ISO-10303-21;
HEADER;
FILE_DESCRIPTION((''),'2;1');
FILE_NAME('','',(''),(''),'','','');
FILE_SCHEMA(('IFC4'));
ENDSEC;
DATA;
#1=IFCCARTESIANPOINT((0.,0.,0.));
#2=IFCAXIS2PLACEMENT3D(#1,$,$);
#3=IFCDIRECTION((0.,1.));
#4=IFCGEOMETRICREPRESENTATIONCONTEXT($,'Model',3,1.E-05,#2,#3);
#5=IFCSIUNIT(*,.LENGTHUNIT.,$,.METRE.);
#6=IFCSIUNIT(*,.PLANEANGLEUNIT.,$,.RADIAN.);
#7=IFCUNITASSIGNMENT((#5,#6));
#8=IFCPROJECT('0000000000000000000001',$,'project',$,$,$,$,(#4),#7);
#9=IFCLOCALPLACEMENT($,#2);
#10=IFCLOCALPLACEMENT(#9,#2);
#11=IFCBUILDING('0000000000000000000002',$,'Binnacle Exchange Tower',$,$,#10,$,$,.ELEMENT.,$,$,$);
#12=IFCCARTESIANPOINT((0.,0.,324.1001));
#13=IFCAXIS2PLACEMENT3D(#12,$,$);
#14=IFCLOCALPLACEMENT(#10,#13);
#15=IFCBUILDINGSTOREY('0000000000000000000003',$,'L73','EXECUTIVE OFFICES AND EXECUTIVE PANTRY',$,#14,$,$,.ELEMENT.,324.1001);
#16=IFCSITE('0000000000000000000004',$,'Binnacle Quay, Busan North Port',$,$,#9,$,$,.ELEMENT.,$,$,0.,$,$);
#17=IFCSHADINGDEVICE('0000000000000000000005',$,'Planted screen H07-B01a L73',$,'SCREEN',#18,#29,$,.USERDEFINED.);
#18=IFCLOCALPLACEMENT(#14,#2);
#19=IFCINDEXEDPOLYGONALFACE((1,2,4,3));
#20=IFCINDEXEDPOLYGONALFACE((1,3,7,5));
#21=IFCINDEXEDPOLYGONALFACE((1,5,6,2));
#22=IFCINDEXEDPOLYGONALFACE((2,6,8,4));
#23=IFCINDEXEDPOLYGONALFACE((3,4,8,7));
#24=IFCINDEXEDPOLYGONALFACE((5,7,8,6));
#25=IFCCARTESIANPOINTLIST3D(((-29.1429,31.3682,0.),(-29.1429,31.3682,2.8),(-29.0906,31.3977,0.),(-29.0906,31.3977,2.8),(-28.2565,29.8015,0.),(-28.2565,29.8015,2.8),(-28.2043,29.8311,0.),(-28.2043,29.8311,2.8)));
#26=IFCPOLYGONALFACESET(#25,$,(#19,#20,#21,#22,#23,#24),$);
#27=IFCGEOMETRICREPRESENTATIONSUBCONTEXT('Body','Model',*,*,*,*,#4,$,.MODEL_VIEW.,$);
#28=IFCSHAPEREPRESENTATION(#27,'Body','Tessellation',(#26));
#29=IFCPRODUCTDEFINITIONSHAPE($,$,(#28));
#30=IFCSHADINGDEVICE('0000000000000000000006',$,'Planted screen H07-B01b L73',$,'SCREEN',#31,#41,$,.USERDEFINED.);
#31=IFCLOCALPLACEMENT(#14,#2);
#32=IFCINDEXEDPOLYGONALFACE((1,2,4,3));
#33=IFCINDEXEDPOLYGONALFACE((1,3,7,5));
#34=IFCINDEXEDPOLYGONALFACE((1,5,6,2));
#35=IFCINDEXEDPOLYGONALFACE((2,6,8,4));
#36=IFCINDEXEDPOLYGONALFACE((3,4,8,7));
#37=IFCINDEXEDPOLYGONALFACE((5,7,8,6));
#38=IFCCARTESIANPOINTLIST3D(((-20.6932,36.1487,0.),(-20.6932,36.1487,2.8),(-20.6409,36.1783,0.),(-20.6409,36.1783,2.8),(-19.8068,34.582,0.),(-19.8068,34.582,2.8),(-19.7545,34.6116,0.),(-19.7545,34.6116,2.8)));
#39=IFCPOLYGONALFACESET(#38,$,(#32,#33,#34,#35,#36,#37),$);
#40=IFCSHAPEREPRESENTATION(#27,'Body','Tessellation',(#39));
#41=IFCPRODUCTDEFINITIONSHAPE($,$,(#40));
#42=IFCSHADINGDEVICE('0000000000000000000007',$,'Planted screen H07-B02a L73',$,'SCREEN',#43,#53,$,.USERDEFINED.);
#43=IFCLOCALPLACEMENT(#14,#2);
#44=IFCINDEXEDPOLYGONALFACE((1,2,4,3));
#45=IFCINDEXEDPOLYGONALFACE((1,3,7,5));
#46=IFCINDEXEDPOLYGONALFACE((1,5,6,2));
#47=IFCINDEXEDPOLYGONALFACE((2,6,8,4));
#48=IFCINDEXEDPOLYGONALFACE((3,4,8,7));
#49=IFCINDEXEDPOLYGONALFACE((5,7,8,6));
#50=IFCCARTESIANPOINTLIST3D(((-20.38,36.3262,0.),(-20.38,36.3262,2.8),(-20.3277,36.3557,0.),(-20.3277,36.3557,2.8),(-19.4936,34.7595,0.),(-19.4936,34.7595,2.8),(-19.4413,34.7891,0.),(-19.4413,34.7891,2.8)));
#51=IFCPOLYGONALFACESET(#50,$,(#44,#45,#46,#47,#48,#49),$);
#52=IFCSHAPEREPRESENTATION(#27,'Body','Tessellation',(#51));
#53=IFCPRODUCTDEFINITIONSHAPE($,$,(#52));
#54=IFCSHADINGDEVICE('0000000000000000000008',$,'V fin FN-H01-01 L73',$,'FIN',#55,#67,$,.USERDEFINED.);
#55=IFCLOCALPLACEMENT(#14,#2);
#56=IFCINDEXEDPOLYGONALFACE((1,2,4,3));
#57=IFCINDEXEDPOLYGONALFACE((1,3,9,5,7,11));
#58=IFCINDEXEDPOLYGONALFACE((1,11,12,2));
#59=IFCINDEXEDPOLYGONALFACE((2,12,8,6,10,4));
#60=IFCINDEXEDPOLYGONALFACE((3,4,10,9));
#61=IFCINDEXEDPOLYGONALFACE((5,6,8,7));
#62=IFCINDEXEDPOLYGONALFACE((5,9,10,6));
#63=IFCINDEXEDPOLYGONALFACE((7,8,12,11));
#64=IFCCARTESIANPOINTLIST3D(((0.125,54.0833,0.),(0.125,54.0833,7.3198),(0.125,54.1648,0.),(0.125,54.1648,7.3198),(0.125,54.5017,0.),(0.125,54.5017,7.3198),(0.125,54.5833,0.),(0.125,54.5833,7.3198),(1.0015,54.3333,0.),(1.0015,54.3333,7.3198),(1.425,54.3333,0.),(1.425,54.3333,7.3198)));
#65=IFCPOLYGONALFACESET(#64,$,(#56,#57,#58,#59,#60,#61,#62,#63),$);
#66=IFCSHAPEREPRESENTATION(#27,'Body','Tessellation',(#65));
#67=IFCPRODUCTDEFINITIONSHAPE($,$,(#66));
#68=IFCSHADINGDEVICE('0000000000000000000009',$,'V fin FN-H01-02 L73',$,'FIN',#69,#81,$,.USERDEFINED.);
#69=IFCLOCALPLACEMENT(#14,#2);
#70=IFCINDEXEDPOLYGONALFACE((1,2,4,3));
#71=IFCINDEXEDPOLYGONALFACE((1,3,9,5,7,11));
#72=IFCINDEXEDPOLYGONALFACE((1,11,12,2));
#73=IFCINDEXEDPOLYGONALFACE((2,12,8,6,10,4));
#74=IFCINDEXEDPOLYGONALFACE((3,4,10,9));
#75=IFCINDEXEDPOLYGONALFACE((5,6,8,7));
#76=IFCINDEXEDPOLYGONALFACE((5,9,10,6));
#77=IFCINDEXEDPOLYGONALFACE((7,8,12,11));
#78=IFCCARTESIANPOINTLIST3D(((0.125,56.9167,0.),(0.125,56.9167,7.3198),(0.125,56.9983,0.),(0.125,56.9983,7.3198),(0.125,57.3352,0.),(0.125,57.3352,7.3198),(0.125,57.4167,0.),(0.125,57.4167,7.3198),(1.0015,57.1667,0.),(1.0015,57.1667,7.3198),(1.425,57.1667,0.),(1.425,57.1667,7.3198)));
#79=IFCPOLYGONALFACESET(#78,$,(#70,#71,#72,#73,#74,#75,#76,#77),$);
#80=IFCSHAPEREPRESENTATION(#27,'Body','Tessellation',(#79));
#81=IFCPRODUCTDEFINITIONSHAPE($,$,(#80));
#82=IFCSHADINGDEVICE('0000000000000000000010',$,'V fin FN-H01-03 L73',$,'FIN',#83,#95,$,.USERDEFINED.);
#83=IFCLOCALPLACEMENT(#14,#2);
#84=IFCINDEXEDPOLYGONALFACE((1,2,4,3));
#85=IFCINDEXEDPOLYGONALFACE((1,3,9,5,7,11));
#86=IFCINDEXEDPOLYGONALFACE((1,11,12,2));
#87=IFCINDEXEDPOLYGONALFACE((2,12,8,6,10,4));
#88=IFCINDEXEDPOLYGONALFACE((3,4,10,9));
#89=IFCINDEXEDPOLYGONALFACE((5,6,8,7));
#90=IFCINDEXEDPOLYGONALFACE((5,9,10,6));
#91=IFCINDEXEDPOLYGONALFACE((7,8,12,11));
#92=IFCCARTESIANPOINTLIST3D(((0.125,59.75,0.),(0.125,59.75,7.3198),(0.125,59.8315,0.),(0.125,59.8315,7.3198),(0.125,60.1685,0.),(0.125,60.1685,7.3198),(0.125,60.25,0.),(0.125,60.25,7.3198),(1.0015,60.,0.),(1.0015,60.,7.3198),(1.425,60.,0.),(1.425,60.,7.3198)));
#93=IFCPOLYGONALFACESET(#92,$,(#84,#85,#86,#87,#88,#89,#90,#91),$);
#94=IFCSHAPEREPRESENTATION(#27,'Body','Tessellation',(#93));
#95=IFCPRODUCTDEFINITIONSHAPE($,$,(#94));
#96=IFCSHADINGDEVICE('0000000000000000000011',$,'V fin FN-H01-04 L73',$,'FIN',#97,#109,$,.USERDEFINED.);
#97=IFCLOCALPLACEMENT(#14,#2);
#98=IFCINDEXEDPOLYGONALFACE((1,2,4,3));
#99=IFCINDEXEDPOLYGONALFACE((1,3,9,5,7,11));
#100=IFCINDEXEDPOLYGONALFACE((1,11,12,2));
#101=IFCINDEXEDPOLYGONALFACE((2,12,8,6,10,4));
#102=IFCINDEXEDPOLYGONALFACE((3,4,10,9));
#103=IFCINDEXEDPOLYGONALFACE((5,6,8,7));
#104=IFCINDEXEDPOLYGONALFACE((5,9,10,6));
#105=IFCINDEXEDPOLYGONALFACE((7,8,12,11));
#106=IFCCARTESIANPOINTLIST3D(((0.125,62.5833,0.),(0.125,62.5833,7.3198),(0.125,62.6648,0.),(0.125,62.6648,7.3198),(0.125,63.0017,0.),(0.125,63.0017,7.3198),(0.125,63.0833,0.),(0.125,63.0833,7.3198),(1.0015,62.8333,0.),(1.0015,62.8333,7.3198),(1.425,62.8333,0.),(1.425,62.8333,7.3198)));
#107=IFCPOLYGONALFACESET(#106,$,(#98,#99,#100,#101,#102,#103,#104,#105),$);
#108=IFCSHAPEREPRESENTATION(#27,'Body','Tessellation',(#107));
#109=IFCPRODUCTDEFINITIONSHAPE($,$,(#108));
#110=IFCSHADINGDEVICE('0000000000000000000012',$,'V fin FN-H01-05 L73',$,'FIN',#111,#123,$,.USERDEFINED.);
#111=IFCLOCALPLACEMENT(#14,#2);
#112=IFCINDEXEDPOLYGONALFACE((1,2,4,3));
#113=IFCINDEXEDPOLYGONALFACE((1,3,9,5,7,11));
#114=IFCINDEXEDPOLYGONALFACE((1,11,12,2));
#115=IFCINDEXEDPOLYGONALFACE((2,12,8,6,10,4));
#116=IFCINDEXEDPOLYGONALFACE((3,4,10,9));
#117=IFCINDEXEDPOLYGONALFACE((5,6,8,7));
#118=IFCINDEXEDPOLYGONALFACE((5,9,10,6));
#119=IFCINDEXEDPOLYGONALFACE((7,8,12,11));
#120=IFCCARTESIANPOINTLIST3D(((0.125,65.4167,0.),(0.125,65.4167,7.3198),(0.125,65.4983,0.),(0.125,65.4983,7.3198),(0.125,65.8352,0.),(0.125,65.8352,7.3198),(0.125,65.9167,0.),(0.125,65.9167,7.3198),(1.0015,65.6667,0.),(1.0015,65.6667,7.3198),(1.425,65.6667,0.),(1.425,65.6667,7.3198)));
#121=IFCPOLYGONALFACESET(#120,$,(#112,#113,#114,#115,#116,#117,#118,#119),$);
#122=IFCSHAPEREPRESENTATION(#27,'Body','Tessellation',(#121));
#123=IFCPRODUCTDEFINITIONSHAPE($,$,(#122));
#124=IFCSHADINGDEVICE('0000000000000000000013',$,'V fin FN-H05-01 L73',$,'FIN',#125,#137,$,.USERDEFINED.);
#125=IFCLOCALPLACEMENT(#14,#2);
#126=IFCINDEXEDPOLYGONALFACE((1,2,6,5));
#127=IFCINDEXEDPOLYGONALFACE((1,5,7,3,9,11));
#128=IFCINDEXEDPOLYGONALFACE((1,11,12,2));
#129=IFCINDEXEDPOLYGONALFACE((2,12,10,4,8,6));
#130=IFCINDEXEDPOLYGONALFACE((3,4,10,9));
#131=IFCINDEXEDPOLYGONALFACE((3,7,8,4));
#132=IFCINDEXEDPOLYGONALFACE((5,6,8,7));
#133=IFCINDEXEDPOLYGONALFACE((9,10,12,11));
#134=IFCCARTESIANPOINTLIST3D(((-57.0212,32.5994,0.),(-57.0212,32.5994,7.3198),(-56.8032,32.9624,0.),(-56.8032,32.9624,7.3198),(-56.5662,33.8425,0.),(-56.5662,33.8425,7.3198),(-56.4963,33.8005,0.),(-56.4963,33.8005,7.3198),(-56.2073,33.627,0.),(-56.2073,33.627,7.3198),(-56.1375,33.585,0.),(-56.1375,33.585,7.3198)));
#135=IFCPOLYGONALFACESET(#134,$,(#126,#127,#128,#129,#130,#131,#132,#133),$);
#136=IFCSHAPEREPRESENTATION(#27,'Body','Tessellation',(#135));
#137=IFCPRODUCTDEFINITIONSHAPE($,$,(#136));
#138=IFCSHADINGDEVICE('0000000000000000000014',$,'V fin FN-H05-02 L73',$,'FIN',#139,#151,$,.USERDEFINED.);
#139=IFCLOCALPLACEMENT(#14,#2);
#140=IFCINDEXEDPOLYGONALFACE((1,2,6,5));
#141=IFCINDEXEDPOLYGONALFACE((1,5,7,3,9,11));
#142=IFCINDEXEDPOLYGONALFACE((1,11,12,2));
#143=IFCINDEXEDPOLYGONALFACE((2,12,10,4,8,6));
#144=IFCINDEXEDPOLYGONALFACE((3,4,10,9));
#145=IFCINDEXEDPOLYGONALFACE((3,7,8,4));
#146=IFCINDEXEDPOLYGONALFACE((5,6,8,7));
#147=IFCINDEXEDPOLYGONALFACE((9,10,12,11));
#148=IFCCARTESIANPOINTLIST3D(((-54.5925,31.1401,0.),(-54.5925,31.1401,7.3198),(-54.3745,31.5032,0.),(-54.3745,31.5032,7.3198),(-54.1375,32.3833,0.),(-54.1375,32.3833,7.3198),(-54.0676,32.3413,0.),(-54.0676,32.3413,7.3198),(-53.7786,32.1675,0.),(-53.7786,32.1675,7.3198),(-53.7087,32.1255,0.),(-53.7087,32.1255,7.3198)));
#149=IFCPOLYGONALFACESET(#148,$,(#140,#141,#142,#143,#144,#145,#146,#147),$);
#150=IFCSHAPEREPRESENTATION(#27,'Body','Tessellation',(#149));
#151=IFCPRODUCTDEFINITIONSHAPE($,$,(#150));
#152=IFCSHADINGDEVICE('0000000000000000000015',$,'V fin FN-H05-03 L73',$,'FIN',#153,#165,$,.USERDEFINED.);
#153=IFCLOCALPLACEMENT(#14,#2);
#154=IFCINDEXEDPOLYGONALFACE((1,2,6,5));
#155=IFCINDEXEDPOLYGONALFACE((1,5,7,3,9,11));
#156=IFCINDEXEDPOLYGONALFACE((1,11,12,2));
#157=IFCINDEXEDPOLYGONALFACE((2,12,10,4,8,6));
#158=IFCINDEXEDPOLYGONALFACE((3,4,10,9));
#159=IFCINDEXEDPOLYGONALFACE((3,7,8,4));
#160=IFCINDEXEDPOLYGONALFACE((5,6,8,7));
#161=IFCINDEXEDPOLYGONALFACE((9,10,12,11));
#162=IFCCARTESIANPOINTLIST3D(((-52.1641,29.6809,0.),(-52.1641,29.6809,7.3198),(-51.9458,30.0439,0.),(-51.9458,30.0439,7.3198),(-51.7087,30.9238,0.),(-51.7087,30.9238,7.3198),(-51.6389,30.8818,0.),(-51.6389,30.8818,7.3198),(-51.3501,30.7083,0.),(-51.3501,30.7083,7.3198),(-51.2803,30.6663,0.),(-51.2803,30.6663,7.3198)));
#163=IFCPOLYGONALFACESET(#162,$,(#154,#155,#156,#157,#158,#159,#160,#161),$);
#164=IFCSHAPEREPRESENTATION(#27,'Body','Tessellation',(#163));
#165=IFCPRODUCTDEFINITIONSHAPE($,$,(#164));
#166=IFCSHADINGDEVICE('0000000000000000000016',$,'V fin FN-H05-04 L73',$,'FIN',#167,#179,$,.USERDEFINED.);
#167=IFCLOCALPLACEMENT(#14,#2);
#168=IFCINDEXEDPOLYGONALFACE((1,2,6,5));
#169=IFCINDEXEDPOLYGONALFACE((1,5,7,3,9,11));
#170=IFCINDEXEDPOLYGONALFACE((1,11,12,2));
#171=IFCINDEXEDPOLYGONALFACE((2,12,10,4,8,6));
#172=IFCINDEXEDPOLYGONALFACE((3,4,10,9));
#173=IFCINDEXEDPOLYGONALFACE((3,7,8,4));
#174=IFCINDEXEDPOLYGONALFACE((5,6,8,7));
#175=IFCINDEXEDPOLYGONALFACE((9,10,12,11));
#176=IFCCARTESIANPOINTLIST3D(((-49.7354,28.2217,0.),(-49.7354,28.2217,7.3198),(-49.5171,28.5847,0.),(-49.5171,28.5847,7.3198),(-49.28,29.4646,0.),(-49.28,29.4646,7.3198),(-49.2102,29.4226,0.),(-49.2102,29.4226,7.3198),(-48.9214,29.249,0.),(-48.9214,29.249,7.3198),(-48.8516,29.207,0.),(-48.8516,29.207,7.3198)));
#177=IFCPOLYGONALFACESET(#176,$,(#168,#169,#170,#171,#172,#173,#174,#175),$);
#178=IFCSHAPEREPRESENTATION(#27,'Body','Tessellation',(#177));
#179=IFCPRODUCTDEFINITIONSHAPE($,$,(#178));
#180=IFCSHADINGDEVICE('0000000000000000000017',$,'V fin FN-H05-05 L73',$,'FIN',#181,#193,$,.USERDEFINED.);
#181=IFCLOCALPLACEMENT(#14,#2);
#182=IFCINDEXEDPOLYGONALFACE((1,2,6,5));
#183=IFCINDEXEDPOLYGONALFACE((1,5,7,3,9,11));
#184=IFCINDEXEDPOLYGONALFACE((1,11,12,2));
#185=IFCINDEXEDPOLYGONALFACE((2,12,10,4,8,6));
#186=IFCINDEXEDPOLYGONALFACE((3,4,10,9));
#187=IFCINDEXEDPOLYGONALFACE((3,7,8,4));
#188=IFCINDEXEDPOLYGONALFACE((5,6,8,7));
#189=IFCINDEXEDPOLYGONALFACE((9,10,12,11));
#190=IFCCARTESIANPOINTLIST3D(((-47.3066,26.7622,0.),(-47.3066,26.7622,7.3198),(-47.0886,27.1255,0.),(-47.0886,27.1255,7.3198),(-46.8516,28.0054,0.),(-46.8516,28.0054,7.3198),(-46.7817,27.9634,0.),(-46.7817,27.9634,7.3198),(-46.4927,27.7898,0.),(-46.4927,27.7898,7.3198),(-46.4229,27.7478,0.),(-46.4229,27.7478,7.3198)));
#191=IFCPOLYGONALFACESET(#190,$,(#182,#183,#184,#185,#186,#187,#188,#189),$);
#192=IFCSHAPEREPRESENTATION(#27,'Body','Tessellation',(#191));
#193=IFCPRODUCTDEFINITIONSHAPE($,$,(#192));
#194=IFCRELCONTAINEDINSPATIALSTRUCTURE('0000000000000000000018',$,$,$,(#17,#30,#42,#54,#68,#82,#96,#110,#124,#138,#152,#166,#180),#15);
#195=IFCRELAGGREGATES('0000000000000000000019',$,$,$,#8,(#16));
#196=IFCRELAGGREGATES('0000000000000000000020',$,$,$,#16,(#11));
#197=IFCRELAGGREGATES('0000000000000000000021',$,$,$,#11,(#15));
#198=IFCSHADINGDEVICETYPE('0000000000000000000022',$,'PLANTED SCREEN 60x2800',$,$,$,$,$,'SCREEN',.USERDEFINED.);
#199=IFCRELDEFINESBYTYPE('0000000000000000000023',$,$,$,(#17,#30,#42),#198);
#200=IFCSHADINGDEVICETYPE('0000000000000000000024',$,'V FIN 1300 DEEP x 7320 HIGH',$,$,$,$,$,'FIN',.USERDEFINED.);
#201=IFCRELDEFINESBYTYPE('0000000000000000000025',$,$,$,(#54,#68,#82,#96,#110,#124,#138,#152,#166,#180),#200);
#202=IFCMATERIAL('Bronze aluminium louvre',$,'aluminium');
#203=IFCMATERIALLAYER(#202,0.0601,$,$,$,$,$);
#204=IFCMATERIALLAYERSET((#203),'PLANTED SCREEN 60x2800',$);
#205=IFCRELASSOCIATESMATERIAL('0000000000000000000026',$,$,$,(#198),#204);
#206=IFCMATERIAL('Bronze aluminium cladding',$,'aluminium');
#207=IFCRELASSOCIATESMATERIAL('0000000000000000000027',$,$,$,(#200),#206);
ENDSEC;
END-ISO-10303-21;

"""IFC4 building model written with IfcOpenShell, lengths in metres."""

from ifc_helpers import new_model, si_unit, direction, frame, origin, origin_2d, place, context, subcontext, project, spatial, polyline, rectangle, outline, extrude, material, layer, layer_set, type_object, element, save


model = new_model("IFC4")

# Units and contexts
model_context = context("Model", 3, precision=1e-05, world=origin(), true_north=direction((0.0, 1.0)))
body_context = subcontext(model_context, "Body", "Model", "MODEL_VIEW")
ifc_project = project(units=[si_unit("LENGTHUNIT", "METRE"), si_unit("PLANEANGLEUNIT", "RADIAN")], contexts=[model_context])

# Site, building, storey
site_placement = place(None, origin())
site = spatial("IfcSite", under=ifc_project, at=site_placement, Name="Binnacle Quay, Busan North Port", CompositionType="ELEMENT", RefElevation=0.0)
building_placement = place(site_placement, origin())
building = spatial("IfcBuilding", under=site, at=building_placement, Name="Binnacle Exchange Tower", CompositionType="ELEMENT")
storey_placement = place(building_placement, frame((0.0, 0.0, 324.1001)))
storey = spatial("IfcBuildingStorey", under=building, at=storey_placement, Name="L73", Description="EXECUTIVE OFFICES AND EXECUTIVE PANTRY", CompositionType="ELEMENT", Elevation=324.1001)

# Shading devices
ifc_material_1 = material(Name="Bronze aluminium louvre", Category="aluminium")
ifc_layer_1 = layer(ifc_material_1, 0.0601)
ifc_layer_set_1 = layer_set([ifc_layer_1], Name="PLANTED SCREEN 60x2800")
shading_device_type_1 = type_object("IfcShadingDeviceType", Name="PLANTED SCREEN 60x2800", ElementType="SCREEN", PredefinedType="USERDEFINED", material=ifc_layer_set_1)
for number, where, z_axis, x_axis, name in (
    (1, (-28.6736, 30.5996, 0.0), (0.0, 0.0, 1.0), (0.870356, 0.492424, 0.0), "Planted screen H07-B01a L73"),
    (2, (-20.2239, 35.3801, 0.0), (0.0, 0.0, 1.0), (0.870356, 0.492424, 0.0), "Planted screen H07-B01b L73"),
    (3, (-19.9106, 35.5576, 0.0), (0.0, 0.0, 1.0), (0.870356, 0.492424, 0.0), "Planted screen H07-B02a L73"),
):
    element("IfcShadingDevice", number, at=place(storey_placement, frame(where, z_axis=z_axis, x_axis=x_axis)), inside=storey, type_object=shading_device_type_1, Name=name, ObjectType="SCREEN", PredefinedType="USERDEFINED", context=body_context, shape_type="SweptSolid", body=[
        extrude(rectangle(XDim=0.0601, YDim=1.8, at=origin_2d()), origin(), (0.0, 0.0, 1.0), 2.8),
    ])
ifc_material_2 = material(Name="Bronze aluminium cladding", Category="aluminium")
shading_device_type_2 = type_object("IfcShadingDeviceType", Name="V FIN 1300 DEEP x 7320 HIGH", ElementType="FIN", PredefinedType="USERDEFINED", material=ifc_material_2)
shading_device_1_placement = place(storey_placement, origin())
element("IfcShadingDevice", 4, at=shading_device_1_placement, inside=storey, type_object=shading_device_type_2, Name="V fin FN-H01-01 L73", ObjectType="FIN", PredefinedType="USERDEFINED", context=body_context, shape_type="SweptSolid", body=[
    extrude(outline(polyline([(0.125, 54.0833), (1.425, 54.3333), (0.125, 54.5833), (0.125, 54.5017), (1.0015, 54.3333), (0.125, 54.1648), (0.125, 54.0833)])), origin(), (0.0, 0.0, 1.0), 7.3198),
])
shading_device_2_placement = place(storey_placement, origin())
element("IfcShadingDevice", 5, at=shading_device_2_placement, inside=storey, type_object=shading_device_type_2, Name="V fin FN-H01-02 L73", ObjectType="FIN", PredefinedType="USERDEFINED", context=body_context, shape_type="SweptSolid", body=[
    extrude(outline(polyline([(0.125, 56.9167), (1.425, 57.1667), (0.125, 57.4167), (0.125, 57.3352), (1.0015, 57.1667), (0.125, 56.9983), (0.125, 56.9167)])), origin(), (0.0, 0.0, 1.0), 7.3198),
])
shading_device_3_placement = place(storey_placement, origin())
element("IfcShadingDevice", 6, at=shading_device_3_placement, inside=storey, type_object=shading_device_type_2, Name="V fin FN-H01-03 L73", ObjectType="FIN", PredefinedType="USERDEFINED", context=body_context, shape_type="SweptSolid", body=[
    extrude(outline(polyline([(0.125, 59.75), (1.425, 60.0), (0.125, 60.25), (0.125, 60.1685), (1.0015, 60.0), (0.125, 59.8315), (0.125, 59.75)])), origin(), (0.0, 0.0, 1.0), 7.3198),
])
shading_device_4_placement = place(storey_placement, origin())
element("IfcShadingDevice", 7, at=shading_device_4_placement, inside=storey, type_object=shading_device_type_2, Name="V fin FN-H01-04 L73", ObjectType="FIN", PredefinedType="USERDEFINED", context=body_context, shape_type="SweptSolid", body=[
    extrude(outline(polyline([(0.125, 62.5833), (1.425, 62.8333), (0.125, 63.0833), (0.125, 63.0017), (1.0015, 62.8333), (0.125, 62.6648), (0.125, 62.5833)])), origin(), (0.0, 0.0, 1.0), 7.3198),
])
shading_device_5_placement = place(storey_placement, origin())
element("IfcShadingDevice", 8, at=shading_device_5_placement, inside=storey, type_object=shading_device_type_2, Name="V fin FN-H01-05 L73", ObjectType="FIN", PredefinedType="USERDEFINED", context=body_context, shape_type="SweptSolid", body=[
    extrude(outline(polyline([(0.125, 65.4167), (1.425, 65.6667), (0.125, 65.9167), (0.125, 65.8352), (1.0015, 65.6667), (0.125, 65.4983), (0.125, 65.4167)])), origin(), (0.0, 0.0, 1.0), 7.3198),
])
shading_device_6_placement = place(storey_placement, origin())
element("IfcShadingDevice", 9, at=shading_device_6_placement, inside=storey, type_object=shading_device_type_2, Name="V fin FN-H05-01 L73", ObjectType="FIN", PredefinedType="USERDEFINED", context=body_context, shape_type="SweptSolid", body=[
    extrude(outline(polyline([(-56.5662, 33.8425), (-57.0212, 32.5994), (-56.1375, 33.585), (-56.2073, 33.627), (-56.8032, 32.9624), (-56.4963, 33.8005), (-56.5662, 33.8425)])), origin(), (0.0, 0.0, 1.0), 7.3198),
])
shading_device_7_placement = place(storey_placement, origin())
element("IfcShadingDevice", 10, at=shading_device_7_placement, inside=storey, type_object=shading_device_type_2, Name="V fin FN-H05-02 L73", ObjectType="FIN", PredefinedType="USERDEFINED", context=body_context, shape_type="SweptSolid", body=[
    extrude(outline(polyline([(-54.1375, 32.3833), (-54.5925, 31.1401), (-53.7087, 32.1255), (-53.7786, 32.1675), (-54.3745, 31.5032), (-54.0676, 32.3413), (-54.1375, 32.3833)])), origin(), (0.0, 0.0, 1.0), 7.3198),
])
shading_device_8_placement = place(storey_placement, origin())
element("IfcShadingDevice", 11, at=shading_device_8_placement, inside=storey, type_object=shading_device_type_2, Name="V fin FN-H05-03 L73", ObjectType="FIN", PredefinedType="USERDEFINED", context=body_context, shape_type="SweptSolid", body=[
    extrude(outline(polyline([(-51.7087, 30.9238), (-52.1641, 29.6809), (-51.2803, 30.6663), (-51.3501, 30.7083), (-51.9458, 30.0439), (-51.6389, 30.8818), (-51.7087, 30.9238)])), origin(), (0.0, 0.0, 1.0), 7.3198),
])
shading_device_9_placement = place(storey_placement, origin())
element("IfcShadingDevice", 12, at=shading_device_9_placement, inside=storey, type_object=shading_device_type_2, Name="V fin FN-H05-04 L73", ObjectType="FIN", PredefinedType="USERDEFINED", context=body_context, shape_type="SweptSolid", body=[
    extrude(outline(polyline([(-49.28, 29.4646), (-49.7354, 28.2217), (-48.8516, 29.207), (-48.9214, 29.249), (-49.5171, 28.5847), (-49.2102, 29.4226), (-49.28, 29.4646)])), origin(), (0.0, 0.0, 1.0), 7.3198),
])
shading_device_10_placement = place(storey_placement, origin())
element("IfcShadingDevice", 13, at=shading_device_10_placement, inside=storey, type_object=shading_device_type_2, Name="V fin FN-H05-05 L73", ObjectType="FIN", PredefinedType="USERDEFINED", context=body_context, shape_type="SweptSolid", body=[
    extrude(outline(polyline([(-46.8516, 28.0054), (-47.3066, 26.7622), (-46.4229, 27.7478), (-46.4927, 27.7898), (-47.0886, 27.1255), (-46.7817, 27.9634), (-46.8516, 28.0054)])), origin(), (0.0, 0.0, 1.0), 7.3198),
])

save(model, "model.ifc")
